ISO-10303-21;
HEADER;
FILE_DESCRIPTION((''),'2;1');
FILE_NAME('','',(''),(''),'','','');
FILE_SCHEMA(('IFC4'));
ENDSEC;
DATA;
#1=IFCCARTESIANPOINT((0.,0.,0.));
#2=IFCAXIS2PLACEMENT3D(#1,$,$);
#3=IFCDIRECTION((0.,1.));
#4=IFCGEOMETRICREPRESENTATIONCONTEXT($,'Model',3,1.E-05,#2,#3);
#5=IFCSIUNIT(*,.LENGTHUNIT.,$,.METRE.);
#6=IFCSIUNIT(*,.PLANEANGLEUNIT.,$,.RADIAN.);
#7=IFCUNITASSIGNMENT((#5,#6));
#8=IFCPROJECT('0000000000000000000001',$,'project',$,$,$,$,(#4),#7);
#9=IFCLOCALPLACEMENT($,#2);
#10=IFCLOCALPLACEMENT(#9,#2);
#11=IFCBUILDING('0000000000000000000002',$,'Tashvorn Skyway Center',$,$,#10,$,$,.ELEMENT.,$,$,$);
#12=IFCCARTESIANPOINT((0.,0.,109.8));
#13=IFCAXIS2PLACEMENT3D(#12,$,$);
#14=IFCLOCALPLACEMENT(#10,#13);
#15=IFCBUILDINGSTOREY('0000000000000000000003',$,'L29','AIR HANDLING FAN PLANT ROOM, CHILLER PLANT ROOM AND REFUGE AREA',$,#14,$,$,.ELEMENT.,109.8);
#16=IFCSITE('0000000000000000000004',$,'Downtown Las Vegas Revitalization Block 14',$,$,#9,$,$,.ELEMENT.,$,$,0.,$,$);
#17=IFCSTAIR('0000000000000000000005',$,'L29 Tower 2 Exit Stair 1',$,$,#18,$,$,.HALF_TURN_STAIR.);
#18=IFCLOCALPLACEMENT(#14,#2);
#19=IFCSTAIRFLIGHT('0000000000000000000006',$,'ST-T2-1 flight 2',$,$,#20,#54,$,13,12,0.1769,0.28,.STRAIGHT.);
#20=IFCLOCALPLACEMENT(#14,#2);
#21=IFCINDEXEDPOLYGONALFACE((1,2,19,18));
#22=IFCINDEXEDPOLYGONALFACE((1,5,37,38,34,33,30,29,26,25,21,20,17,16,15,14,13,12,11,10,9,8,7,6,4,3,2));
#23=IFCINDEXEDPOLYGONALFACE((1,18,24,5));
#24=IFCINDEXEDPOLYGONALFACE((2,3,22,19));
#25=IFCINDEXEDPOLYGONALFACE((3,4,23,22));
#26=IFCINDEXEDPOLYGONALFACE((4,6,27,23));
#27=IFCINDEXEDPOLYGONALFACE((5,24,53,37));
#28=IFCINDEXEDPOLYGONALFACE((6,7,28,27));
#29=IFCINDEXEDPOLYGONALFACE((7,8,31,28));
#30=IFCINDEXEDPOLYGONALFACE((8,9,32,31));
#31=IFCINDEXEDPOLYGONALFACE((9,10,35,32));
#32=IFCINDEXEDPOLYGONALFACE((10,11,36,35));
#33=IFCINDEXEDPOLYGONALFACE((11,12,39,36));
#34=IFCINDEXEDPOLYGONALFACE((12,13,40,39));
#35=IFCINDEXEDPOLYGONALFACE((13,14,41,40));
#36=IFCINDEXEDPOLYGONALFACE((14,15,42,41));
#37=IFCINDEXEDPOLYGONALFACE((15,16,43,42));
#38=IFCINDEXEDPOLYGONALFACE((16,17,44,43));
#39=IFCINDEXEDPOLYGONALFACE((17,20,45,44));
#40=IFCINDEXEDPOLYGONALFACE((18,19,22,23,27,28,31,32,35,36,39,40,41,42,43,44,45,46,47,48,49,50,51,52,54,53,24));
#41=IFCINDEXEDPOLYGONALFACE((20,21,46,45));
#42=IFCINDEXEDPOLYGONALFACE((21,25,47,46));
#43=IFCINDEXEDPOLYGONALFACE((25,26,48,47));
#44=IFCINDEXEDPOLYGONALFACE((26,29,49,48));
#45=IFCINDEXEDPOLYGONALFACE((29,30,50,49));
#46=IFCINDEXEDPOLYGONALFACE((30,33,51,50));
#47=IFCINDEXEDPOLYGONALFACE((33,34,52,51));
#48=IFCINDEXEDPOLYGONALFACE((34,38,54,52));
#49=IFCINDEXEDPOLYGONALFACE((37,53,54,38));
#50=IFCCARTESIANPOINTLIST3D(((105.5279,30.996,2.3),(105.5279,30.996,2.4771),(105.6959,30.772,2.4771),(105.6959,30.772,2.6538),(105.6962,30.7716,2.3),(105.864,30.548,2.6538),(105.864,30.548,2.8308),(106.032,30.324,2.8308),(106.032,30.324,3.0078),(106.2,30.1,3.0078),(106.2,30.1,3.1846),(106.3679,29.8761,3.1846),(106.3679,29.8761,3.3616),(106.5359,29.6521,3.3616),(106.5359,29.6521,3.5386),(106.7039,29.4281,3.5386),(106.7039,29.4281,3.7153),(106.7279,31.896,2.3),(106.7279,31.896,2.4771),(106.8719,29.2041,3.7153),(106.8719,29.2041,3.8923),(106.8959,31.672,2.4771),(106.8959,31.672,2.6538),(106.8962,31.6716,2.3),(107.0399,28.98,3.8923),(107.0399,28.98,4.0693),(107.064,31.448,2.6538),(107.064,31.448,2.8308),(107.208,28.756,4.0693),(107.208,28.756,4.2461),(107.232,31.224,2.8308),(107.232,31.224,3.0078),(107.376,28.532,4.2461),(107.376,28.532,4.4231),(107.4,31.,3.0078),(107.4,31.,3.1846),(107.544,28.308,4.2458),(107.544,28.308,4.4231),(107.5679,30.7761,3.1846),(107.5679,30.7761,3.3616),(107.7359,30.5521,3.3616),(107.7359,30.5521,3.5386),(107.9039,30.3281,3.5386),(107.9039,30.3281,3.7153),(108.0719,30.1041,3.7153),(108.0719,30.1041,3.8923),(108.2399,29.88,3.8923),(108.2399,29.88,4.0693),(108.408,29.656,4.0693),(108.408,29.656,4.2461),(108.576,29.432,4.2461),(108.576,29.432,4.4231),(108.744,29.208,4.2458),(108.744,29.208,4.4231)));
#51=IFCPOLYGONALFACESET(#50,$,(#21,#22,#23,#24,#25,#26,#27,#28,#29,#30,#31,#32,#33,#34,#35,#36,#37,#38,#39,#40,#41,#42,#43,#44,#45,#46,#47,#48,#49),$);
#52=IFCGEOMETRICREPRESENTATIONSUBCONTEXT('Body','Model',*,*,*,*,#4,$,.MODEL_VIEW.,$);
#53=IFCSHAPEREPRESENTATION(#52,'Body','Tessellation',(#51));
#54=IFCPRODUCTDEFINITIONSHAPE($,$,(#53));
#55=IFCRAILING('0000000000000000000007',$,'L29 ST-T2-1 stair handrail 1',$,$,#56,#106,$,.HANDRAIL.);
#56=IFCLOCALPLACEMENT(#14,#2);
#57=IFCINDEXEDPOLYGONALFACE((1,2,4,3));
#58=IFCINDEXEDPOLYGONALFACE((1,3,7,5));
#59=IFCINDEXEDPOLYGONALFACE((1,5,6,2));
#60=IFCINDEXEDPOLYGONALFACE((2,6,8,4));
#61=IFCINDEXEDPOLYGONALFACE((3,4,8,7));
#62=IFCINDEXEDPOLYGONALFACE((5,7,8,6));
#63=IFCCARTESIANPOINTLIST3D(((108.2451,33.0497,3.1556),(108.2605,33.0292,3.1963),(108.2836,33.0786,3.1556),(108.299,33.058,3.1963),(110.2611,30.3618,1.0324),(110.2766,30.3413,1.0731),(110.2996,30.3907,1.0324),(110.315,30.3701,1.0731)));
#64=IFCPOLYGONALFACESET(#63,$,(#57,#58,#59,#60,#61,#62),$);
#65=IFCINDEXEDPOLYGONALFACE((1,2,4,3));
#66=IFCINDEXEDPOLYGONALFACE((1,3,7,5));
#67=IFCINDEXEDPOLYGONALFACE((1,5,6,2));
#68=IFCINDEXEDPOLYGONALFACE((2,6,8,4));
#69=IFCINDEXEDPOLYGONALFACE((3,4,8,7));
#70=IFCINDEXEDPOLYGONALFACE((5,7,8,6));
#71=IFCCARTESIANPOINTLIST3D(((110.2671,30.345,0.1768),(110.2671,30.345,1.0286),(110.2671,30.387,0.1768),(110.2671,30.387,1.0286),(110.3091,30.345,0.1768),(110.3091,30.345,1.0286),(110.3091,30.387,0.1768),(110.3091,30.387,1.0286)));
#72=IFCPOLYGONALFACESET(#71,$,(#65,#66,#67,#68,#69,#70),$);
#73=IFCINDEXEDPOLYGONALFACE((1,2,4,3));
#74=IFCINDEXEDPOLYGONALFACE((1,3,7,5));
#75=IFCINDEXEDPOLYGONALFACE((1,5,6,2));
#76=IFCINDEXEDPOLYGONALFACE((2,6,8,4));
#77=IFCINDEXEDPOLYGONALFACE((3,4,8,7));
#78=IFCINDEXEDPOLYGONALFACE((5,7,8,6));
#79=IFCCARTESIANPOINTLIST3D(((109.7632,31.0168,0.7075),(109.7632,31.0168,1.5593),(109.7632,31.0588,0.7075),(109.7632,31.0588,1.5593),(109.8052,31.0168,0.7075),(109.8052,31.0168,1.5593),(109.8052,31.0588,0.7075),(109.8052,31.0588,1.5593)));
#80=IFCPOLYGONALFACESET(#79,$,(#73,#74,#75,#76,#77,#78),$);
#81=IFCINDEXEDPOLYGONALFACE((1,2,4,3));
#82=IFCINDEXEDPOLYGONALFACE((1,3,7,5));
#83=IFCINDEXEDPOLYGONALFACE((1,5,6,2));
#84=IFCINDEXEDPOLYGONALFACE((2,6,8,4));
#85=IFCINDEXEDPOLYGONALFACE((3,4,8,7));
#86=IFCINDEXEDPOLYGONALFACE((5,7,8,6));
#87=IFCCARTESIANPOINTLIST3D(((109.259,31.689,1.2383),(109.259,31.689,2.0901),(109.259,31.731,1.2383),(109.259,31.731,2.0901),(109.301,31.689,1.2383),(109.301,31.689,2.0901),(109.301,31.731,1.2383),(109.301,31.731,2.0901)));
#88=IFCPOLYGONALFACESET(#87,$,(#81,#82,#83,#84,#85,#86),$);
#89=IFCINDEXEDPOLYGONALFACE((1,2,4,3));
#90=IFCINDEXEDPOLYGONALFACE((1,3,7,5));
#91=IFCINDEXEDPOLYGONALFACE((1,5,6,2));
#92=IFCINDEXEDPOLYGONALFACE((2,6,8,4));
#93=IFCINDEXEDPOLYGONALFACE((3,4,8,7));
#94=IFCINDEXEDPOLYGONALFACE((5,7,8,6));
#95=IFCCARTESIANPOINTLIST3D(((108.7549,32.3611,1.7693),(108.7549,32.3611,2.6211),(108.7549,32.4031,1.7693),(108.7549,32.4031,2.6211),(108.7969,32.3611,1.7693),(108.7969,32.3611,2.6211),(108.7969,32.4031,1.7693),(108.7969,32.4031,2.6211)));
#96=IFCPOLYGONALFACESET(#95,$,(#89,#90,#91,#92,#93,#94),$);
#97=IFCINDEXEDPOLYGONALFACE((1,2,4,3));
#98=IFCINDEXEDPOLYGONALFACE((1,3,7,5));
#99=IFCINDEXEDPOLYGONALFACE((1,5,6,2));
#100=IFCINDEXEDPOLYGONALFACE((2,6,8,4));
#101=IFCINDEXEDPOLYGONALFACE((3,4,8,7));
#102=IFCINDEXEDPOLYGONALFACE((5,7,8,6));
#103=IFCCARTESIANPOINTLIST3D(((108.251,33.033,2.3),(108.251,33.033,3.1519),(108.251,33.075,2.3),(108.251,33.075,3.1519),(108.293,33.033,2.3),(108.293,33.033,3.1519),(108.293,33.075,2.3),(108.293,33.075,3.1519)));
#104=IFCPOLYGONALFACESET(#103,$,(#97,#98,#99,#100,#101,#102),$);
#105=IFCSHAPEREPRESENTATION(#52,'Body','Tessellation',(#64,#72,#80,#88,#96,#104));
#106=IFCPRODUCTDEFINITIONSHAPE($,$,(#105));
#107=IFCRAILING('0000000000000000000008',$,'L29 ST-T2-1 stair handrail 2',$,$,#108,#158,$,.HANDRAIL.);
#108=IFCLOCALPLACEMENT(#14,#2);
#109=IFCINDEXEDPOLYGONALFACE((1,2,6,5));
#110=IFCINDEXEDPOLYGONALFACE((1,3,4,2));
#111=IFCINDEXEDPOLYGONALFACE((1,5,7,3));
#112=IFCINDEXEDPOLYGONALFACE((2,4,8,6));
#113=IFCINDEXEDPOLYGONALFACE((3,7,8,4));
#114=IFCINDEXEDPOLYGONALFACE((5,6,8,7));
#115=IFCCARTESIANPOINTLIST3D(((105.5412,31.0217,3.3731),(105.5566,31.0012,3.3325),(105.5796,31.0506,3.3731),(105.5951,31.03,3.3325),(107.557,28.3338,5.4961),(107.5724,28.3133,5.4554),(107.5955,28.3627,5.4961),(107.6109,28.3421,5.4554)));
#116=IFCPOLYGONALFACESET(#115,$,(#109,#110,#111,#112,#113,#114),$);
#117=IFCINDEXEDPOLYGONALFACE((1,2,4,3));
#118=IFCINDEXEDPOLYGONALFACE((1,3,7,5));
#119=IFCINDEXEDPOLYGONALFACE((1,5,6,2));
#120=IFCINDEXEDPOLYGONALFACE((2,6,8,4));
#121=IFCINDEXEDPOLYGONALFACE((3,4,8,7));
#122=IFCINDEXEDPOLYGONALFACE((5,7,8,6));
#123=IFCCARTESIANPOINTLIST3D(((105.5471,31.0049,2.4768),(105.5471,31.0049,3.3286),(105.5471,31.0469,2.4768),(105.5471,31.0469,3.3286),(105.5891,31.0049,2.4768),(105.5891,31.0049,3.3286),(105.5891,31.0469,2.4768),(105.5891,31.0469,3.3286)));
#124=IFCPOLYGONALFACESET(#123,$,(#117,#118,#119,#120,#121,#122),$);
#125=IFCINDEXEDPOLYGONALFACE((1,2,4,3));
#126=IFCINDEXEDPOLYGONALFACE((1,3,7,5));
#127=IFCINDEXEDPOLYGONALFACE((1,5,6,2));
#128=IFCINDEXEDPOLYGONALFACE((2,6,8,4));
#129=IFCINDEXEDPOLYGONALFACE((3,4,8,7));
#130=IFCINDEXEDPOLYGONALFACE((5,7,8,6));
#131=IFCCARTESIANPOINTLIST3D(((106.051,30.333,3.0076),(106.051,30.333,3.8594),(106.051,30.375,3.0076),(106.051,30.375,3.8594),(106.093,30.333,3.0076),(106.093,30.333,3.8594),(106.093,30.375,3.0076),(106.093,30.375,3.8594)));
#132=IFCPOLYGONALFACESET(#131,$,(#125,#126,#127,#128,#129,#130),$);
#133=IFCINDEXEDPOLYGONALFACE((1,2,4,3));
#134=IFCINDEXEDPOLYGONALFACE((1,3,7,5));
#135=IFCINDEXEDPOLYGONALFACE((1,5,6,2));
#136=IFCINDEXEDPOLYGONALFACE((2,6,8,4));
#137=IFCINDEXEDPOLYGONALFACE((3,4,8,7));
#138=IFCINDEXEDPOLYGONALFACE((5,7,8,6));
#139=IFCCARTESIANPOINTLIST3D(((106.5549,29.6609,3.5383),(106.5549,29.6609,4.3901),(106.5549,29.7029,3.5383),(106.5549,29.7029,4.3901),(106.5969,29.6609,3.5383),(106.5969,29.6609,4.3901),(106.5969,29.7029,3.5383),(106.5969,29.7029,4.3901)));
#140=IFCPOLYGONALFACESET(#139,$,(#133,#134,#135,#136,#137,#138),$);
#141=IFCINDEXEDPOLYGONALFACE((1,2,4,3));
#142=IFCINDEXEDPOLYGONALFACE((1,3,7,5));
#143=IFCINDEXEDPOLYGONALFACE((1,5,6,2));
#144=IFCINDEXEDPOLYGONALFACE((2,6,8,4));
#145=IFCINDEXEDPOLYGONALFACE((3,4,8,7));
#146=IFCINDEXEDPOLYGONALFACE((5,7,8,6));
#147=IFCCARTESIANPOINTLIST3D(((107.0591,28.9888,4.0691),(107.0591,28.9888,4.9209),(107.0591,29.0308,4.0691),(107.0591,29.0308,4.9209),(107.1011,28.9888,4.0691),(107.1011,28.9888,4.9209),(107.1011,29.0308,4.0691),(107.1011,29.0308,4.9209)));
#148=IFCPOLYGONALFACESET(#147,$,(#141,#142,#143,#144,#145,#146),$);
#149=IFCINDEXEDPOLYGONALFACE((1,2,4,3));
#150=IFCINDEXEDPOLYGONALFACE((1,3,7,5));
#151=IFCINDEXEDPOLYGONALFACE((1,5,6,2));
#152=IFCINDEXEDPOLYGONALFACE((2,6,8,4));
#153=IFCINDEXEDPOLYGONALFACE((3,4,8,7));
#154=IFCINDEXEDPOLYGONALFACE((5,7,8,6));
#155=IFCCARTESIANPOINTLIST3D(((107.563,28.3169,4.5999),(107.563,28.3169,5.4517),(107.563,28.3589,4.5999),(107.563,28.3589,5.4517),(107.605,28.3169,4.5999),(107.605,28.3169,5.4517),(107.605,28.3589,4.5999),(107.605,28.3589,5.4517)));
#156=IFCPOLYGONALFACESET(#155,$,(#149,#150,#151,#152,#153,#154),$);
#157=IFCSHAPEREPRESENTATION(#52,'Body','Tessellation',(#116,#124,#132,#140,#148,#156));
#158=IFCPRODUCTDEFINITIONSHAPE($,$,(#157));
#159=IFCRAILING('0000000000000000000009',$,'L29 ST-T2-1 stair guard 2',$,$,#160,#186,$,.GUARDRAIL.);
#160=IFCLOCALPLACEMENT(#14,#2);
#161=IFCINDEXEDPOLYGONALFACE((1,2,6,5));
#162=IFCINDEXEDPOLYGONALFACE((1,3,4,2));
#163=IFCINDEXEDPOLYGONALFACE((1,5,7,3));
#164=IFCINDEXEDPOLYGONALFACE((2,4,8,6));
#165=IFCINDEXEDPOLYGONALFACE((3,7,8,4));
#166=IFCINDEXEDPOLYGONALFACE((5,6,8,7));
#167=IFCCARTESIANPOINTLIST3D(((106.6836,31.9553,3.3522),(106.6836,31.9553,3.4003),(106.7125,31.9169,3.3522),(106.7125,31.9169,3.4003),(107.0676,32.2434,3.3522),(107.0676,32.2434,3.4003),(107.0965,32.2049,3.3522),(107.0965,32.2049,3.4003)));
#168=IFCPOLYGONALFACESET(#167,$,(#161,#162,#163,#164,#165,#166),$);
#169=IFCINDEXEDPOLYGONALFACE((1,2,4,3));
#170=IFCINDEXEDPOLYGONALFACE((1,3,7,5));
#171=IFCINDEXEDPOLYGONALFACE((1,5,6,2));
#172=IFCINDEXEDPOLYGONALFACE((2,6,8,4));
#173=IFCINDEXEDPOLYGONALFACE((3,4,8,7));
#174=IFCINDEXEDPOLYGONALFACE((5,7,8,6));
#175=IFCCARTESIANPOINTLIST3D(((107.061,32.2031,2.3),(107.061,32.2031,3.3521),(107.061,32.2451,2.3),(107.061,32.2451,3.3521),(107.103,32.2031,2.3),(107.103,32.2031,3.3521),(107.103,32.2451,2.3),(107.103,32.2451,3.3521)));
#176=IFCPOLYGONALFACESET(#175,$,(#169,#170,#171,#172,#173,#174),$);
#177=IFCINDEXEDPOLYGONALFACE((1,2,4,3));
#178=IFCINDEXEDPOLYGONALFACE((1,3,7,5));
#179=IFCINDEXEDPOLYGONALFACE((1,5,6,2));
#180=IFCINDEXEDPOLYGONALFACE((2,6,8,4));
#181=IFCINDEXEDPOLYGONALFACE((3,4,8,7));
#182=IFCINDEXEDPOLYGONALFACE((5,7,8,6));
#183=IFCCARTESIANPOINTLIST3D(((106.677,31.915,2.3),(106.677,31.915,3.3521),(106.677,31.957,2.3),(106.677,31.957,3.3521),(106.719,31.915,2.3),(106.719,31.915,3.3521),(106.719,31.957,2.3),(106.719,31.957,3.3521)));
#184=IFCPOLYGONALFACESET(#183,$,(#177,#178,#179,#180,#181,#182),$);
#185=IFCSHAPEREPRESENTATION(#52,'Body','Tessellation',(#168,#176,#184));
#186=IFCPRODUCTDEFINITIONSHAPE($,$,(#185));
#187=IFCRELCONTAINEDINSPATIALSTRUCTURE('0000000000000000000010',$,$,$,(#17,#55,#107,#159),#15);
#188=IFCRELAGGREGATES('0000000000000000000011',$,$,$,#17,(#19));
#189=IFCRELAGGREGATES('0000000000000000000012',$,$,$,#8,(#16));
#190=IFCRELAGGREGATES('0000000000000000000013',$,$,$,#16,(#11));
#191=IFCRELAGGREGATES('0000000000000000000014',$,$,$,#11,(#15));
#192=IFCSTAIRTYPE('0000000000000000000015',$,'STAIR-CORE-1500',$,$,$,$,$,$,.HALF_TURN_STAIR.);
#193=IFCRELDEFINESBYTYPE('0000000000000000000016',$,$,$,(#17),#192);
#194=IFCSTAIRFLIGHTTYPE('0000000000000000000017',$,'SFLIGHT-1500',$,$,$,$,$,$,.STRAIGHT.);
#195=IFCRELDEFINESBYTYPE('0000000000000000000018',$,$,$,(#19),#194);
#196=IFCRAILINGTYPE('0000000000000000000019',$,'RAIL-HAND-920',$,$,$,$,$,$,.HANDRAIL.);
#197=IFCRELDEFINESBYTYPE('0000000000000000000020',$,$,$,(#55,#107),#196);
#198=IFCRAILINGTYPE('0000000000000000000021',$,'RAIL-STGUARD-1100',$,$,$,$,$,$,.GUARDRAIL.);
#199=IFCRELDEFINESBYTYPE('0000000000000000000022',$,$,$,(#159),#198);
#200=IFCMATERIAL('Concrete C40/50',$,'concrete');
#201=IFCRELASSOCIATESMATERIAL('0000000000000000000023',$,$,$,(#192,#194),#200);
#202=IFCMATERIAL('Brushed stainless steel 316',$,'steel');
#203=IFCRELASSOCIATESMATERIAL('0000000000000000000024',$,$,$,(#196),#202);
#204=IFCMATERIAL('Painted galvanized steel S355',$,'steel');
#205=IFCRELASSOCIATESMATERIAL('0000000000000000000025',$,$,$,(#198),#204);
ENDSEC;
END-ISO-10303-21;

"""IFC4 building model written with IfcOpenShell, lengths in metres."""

from ifc_helpers import new_model, si_unit, direction, frame, origin, origin_2d, place, context, subcontext, project, spatial, polyline, rectangle, outline, extrude, material, type_object, element, aggregate, save


model = new_model("IFC4")

# Units and contexts
model_context = context("Model", 3, precision=1e-05, world=origin(), true_north=direction((0.0, 1.0)))
body_context = subcontext(model_context, "Body", "Model", "MODEL_VIEW")
ifc_project = project(units=[si_unit("LENGTHUNIT", "METRE"), si_unit("PLANEANGLEUNIT", "RADIAN")], contexts=[model_context])

# Site, building, storey
site_placement = place(None, origin())
site = spatial("IfcSite", under=ifc_project, at=site_placement, Name="Downtown Las Vegas Revitalization Block 14", CompositionType="ELEMENT", RefElevation=0.0)
building_placement = place(site_placement, origin())
building = spatial("IfcBuilding", under=site, at=building_placement, Name="Tashvorn Skyway Center", CompositionType="ELEMENT")
storey_placement = place(building_placement, frame((0.0, 0.0, 109.8)))
storey = spatial("IfcBuildingStorey", under=building, at=storey_placement, Name="L29", Description="AIR HANDLING FAN PLANT ROOM, CHILLER PLANT ROOM AND REFUGE AREA", CompositionType="ELEMENT", Elevation=109.8)

# Shared definitions
ifc_material_1 = material(Name="Concrete C40/50", Category="concrete")

# Stair, stair flight
stair_type = type_object("IfcStairType", Name="STAIR-CORE-1500", PredefinedType="HALF_TURN_STAIR", material=ifc_material_1)
stair_placement = place(storey_placement, origin())
stair = element("IfcStair", 1, at=stair_placement, inside=storey, type_object=stair_type, Name="L29 Tower 2 Exit Stair 1", PredefinedType="HALF_TURN_STAIR")
stair_flight_type = type_object("IfcStairFlightType", Name="SFLIGHT-1500", PredefinedType="STRAIGHT", material=ifc_material_1)
stair_flight_placement = place(storey_placement, frame((106.1279, 31.446, 2.3), z_axis=(0.0, 0.0, 1.0), x_axis=(0.6, -0.8, 0.0)))
stair_flight = element("IfcStairFlight", 2, at=stair_flight_placement, type_object=stair_flight_type, Name="ST-T2-1 flight 2", NumberOfRisers=13, NumberOfTreads=12, PredefinedType="STRAIGHT", RiserHeight=0.1769, TreadLength=0.28, context=body_context, shape_type="SweptSolid", body=[
    extrude(outline(polyline([(0.0, 0.0), (0.0, 0.177), (0.28, 0.177), (0.28, 0.3538), (0.5601, 0.3538), (0.5601, 0.5308), (0.8401, 0.5308), (0.8401, 0.7078), (1.1201, 0.7078), (1.1201, 0.8845), (1.3999, 0.8845), (1.3999, 1.0615), (1.6799, 1.0615), (1.6799, 1.2385), (1.96, 1.2385), (1.96, 1.4153), (2.24, 1.4153), (2.24, 1.5923), (2.52, 1.5923), (2.52, 1.7693), (2.8, 1.7693), (2.8, 1.946), (3.0801, 1.946), (3.0801, 2.123), (3.3601, 2.123), (3.3601, 2.3), (3.3601, 1.9458), (0.2805, 0.0), (0.0, 0.0)])), frame((0.0, 0.75, 0.0), z_axis=(0.0, -1.0, 0.0), x_axis=(1.0, 0.0, 0.0)), (0.0, 0.0, 1.0), 1.5),
])
aggregate(stair, [stair_flight])

# Railings
ifc_material_2 = material(Name="Brushed stainless steel 316", Category="steel")
railing_type_1 = type_object("IfcRailingType", Name="RAIL-HAND-920", PredefinedType="HANDRAIL", material=ifc_material_2)
railing_1_placement = place(storey_placement, frame((110.2881, 30.366, 0.1768)))
element("IfcRailing", 3, at=railing_1_placement, inside=storey, type_object=railing_type_1, Name="L29 ST-T2-1 stair handrail 1", PredefinedType="HANDRAIL", context=body_context, shape_type="SweptSolid", body=[
    extrude(rectangle(XDim=0.0481, YDim=0.0481, at=origin_2d()), frame((0.0, 0.0, 0.876), z_axis=(-0.507235, 0.676272, 0.5342), x_axis=(-0.799983, -0.600023, 0.0)), (0.0, 0.0, 1.0), 3.9746),
    extrude(rectangle(XDim=0.042, YDim=0.042, at=origin_2d()), origin(), (0.0, 0.0, 1.0), 0.8518),
    extrude(rectangle(XDim=0.042, YDim=0.042, at=origin_2d()), frame((-0.5039, 0.6719, 0.5308)), (0.0, 0.0, 1.0), 0.8518),
    extrude(rectangle(XDim=0.042, YDim=0.042, at=origin_2d()), frame((-1.0081, 1.344, 1.0615)), (0.0, 0.0, 1.0), 0.8518),
    extrude(rectangle(XDim=0.042, YDim=0.042, at=origin_2d()), frame((-1.5122, 2.0161, 1.5925)), (0.0, 0.0, 1.0), 0.8518),
    extrude(rectangle(XDim=0.042, YDim=0.042, at=origin_2d()), frame((-2.0161, 2.688, 2.1233)), (0.0, 0.0, 1.0), 0.8518),
])
railing_2_placement = place(storey_placement, frame((105.5681, 31.0259, 2.4768)))
element("IfcRailing", 4, at=railing_2_placement, inside=storey, type_object=railing_type_1, Name="L29 ST-T2-1 stair handrail 2", PredefinedType="HANDRAIL", context=body_context, shape_type="SweptSolid", body=[
    extrude(rectangle(XDim=0.0481, YDim=0.0481, at=origin_2d()), frame((0.0, 0.0, 0.876), z_axis=(0.507206, -0.676315, 0.534172), x_axis=(0.800017, 0.599977, 0.0)), (0.0, 0.0, 1.0), 3.9744),
    extrude(rectangle(XDim=0.042, YDim=0.042, at=origin_2d()), origin(), (0.0, 0.0, 1.0), 0.8518),
    extrude(rectangle(XDim=0.042, YDim=0.042, at=origin_2d()), frame((0.5039, -0.6719, 0.5308)), (0.0, 0.0, 1.0), 0.8518),
    extrude(rectangle(XDim=0.042, YDim=0.042, at=origin_2d()), frame((1.0078, -1.344, 1.0615)), (0.0, 0.0, 1.0), 0.8518),
    extrude(rectangle(XDim=0.042, YDim=0.042, at=origin_2d()), frame((1.512, -2.0161, 1.5923)), (0.0, 0.0, 1.0), 0.8518),
    extrude(rectangle(XDim=0.042, YDim=0.042, at=origin_2d()), frame((2.0159, -2.688, 2.123)), (0.0, 0.0, 1.0), 0.8518),
])
ifc_material_3 = material(Name="Painted galvanized steel S355", Category="steel")
railing_type_2 = type_object("IfcRailingType", Name="RAIL-STGUARD-1100", PredefinedType="GUARDRAIL", material=ifc_material_3)
railing_3_placement = place(storey_placement, frame((107.082, 32.2241, 2.3)))
element("IfcRailing", 5, at=railing_3_placement, inside=storey, type_object=railing_type_2, Name="L29 ST-T2-1 stair guard 2", PredefinedType="GUARDRAIL", context=body_context, shape_type="SweptSolid", body=[
    extrude(rectangle(XDim=0.0481, YDim=0.0481, at=origin_2d()), frame((0.0, 0.0, 1.0762), z_axis=(-0.799939, -0.600081, 0.0), x_axis=(0.600081, -0.799939, 0.0)), (0.0, 0.0, 1.0), 0.48),
    extrude(rectangle(XDim=0.042, YDim=0.042, at=origin_2d()), origin(), (0.0, 0.0, 1.0), 1.052),
    extrude(rectangle(XDim=0.042, YDim=0.042, at=origin_2d()), frame((-0.384, -0.2881, 0.0)), (0.0, 0.0, 1.0), 1.052),
])

save(model, "model.ifc")
